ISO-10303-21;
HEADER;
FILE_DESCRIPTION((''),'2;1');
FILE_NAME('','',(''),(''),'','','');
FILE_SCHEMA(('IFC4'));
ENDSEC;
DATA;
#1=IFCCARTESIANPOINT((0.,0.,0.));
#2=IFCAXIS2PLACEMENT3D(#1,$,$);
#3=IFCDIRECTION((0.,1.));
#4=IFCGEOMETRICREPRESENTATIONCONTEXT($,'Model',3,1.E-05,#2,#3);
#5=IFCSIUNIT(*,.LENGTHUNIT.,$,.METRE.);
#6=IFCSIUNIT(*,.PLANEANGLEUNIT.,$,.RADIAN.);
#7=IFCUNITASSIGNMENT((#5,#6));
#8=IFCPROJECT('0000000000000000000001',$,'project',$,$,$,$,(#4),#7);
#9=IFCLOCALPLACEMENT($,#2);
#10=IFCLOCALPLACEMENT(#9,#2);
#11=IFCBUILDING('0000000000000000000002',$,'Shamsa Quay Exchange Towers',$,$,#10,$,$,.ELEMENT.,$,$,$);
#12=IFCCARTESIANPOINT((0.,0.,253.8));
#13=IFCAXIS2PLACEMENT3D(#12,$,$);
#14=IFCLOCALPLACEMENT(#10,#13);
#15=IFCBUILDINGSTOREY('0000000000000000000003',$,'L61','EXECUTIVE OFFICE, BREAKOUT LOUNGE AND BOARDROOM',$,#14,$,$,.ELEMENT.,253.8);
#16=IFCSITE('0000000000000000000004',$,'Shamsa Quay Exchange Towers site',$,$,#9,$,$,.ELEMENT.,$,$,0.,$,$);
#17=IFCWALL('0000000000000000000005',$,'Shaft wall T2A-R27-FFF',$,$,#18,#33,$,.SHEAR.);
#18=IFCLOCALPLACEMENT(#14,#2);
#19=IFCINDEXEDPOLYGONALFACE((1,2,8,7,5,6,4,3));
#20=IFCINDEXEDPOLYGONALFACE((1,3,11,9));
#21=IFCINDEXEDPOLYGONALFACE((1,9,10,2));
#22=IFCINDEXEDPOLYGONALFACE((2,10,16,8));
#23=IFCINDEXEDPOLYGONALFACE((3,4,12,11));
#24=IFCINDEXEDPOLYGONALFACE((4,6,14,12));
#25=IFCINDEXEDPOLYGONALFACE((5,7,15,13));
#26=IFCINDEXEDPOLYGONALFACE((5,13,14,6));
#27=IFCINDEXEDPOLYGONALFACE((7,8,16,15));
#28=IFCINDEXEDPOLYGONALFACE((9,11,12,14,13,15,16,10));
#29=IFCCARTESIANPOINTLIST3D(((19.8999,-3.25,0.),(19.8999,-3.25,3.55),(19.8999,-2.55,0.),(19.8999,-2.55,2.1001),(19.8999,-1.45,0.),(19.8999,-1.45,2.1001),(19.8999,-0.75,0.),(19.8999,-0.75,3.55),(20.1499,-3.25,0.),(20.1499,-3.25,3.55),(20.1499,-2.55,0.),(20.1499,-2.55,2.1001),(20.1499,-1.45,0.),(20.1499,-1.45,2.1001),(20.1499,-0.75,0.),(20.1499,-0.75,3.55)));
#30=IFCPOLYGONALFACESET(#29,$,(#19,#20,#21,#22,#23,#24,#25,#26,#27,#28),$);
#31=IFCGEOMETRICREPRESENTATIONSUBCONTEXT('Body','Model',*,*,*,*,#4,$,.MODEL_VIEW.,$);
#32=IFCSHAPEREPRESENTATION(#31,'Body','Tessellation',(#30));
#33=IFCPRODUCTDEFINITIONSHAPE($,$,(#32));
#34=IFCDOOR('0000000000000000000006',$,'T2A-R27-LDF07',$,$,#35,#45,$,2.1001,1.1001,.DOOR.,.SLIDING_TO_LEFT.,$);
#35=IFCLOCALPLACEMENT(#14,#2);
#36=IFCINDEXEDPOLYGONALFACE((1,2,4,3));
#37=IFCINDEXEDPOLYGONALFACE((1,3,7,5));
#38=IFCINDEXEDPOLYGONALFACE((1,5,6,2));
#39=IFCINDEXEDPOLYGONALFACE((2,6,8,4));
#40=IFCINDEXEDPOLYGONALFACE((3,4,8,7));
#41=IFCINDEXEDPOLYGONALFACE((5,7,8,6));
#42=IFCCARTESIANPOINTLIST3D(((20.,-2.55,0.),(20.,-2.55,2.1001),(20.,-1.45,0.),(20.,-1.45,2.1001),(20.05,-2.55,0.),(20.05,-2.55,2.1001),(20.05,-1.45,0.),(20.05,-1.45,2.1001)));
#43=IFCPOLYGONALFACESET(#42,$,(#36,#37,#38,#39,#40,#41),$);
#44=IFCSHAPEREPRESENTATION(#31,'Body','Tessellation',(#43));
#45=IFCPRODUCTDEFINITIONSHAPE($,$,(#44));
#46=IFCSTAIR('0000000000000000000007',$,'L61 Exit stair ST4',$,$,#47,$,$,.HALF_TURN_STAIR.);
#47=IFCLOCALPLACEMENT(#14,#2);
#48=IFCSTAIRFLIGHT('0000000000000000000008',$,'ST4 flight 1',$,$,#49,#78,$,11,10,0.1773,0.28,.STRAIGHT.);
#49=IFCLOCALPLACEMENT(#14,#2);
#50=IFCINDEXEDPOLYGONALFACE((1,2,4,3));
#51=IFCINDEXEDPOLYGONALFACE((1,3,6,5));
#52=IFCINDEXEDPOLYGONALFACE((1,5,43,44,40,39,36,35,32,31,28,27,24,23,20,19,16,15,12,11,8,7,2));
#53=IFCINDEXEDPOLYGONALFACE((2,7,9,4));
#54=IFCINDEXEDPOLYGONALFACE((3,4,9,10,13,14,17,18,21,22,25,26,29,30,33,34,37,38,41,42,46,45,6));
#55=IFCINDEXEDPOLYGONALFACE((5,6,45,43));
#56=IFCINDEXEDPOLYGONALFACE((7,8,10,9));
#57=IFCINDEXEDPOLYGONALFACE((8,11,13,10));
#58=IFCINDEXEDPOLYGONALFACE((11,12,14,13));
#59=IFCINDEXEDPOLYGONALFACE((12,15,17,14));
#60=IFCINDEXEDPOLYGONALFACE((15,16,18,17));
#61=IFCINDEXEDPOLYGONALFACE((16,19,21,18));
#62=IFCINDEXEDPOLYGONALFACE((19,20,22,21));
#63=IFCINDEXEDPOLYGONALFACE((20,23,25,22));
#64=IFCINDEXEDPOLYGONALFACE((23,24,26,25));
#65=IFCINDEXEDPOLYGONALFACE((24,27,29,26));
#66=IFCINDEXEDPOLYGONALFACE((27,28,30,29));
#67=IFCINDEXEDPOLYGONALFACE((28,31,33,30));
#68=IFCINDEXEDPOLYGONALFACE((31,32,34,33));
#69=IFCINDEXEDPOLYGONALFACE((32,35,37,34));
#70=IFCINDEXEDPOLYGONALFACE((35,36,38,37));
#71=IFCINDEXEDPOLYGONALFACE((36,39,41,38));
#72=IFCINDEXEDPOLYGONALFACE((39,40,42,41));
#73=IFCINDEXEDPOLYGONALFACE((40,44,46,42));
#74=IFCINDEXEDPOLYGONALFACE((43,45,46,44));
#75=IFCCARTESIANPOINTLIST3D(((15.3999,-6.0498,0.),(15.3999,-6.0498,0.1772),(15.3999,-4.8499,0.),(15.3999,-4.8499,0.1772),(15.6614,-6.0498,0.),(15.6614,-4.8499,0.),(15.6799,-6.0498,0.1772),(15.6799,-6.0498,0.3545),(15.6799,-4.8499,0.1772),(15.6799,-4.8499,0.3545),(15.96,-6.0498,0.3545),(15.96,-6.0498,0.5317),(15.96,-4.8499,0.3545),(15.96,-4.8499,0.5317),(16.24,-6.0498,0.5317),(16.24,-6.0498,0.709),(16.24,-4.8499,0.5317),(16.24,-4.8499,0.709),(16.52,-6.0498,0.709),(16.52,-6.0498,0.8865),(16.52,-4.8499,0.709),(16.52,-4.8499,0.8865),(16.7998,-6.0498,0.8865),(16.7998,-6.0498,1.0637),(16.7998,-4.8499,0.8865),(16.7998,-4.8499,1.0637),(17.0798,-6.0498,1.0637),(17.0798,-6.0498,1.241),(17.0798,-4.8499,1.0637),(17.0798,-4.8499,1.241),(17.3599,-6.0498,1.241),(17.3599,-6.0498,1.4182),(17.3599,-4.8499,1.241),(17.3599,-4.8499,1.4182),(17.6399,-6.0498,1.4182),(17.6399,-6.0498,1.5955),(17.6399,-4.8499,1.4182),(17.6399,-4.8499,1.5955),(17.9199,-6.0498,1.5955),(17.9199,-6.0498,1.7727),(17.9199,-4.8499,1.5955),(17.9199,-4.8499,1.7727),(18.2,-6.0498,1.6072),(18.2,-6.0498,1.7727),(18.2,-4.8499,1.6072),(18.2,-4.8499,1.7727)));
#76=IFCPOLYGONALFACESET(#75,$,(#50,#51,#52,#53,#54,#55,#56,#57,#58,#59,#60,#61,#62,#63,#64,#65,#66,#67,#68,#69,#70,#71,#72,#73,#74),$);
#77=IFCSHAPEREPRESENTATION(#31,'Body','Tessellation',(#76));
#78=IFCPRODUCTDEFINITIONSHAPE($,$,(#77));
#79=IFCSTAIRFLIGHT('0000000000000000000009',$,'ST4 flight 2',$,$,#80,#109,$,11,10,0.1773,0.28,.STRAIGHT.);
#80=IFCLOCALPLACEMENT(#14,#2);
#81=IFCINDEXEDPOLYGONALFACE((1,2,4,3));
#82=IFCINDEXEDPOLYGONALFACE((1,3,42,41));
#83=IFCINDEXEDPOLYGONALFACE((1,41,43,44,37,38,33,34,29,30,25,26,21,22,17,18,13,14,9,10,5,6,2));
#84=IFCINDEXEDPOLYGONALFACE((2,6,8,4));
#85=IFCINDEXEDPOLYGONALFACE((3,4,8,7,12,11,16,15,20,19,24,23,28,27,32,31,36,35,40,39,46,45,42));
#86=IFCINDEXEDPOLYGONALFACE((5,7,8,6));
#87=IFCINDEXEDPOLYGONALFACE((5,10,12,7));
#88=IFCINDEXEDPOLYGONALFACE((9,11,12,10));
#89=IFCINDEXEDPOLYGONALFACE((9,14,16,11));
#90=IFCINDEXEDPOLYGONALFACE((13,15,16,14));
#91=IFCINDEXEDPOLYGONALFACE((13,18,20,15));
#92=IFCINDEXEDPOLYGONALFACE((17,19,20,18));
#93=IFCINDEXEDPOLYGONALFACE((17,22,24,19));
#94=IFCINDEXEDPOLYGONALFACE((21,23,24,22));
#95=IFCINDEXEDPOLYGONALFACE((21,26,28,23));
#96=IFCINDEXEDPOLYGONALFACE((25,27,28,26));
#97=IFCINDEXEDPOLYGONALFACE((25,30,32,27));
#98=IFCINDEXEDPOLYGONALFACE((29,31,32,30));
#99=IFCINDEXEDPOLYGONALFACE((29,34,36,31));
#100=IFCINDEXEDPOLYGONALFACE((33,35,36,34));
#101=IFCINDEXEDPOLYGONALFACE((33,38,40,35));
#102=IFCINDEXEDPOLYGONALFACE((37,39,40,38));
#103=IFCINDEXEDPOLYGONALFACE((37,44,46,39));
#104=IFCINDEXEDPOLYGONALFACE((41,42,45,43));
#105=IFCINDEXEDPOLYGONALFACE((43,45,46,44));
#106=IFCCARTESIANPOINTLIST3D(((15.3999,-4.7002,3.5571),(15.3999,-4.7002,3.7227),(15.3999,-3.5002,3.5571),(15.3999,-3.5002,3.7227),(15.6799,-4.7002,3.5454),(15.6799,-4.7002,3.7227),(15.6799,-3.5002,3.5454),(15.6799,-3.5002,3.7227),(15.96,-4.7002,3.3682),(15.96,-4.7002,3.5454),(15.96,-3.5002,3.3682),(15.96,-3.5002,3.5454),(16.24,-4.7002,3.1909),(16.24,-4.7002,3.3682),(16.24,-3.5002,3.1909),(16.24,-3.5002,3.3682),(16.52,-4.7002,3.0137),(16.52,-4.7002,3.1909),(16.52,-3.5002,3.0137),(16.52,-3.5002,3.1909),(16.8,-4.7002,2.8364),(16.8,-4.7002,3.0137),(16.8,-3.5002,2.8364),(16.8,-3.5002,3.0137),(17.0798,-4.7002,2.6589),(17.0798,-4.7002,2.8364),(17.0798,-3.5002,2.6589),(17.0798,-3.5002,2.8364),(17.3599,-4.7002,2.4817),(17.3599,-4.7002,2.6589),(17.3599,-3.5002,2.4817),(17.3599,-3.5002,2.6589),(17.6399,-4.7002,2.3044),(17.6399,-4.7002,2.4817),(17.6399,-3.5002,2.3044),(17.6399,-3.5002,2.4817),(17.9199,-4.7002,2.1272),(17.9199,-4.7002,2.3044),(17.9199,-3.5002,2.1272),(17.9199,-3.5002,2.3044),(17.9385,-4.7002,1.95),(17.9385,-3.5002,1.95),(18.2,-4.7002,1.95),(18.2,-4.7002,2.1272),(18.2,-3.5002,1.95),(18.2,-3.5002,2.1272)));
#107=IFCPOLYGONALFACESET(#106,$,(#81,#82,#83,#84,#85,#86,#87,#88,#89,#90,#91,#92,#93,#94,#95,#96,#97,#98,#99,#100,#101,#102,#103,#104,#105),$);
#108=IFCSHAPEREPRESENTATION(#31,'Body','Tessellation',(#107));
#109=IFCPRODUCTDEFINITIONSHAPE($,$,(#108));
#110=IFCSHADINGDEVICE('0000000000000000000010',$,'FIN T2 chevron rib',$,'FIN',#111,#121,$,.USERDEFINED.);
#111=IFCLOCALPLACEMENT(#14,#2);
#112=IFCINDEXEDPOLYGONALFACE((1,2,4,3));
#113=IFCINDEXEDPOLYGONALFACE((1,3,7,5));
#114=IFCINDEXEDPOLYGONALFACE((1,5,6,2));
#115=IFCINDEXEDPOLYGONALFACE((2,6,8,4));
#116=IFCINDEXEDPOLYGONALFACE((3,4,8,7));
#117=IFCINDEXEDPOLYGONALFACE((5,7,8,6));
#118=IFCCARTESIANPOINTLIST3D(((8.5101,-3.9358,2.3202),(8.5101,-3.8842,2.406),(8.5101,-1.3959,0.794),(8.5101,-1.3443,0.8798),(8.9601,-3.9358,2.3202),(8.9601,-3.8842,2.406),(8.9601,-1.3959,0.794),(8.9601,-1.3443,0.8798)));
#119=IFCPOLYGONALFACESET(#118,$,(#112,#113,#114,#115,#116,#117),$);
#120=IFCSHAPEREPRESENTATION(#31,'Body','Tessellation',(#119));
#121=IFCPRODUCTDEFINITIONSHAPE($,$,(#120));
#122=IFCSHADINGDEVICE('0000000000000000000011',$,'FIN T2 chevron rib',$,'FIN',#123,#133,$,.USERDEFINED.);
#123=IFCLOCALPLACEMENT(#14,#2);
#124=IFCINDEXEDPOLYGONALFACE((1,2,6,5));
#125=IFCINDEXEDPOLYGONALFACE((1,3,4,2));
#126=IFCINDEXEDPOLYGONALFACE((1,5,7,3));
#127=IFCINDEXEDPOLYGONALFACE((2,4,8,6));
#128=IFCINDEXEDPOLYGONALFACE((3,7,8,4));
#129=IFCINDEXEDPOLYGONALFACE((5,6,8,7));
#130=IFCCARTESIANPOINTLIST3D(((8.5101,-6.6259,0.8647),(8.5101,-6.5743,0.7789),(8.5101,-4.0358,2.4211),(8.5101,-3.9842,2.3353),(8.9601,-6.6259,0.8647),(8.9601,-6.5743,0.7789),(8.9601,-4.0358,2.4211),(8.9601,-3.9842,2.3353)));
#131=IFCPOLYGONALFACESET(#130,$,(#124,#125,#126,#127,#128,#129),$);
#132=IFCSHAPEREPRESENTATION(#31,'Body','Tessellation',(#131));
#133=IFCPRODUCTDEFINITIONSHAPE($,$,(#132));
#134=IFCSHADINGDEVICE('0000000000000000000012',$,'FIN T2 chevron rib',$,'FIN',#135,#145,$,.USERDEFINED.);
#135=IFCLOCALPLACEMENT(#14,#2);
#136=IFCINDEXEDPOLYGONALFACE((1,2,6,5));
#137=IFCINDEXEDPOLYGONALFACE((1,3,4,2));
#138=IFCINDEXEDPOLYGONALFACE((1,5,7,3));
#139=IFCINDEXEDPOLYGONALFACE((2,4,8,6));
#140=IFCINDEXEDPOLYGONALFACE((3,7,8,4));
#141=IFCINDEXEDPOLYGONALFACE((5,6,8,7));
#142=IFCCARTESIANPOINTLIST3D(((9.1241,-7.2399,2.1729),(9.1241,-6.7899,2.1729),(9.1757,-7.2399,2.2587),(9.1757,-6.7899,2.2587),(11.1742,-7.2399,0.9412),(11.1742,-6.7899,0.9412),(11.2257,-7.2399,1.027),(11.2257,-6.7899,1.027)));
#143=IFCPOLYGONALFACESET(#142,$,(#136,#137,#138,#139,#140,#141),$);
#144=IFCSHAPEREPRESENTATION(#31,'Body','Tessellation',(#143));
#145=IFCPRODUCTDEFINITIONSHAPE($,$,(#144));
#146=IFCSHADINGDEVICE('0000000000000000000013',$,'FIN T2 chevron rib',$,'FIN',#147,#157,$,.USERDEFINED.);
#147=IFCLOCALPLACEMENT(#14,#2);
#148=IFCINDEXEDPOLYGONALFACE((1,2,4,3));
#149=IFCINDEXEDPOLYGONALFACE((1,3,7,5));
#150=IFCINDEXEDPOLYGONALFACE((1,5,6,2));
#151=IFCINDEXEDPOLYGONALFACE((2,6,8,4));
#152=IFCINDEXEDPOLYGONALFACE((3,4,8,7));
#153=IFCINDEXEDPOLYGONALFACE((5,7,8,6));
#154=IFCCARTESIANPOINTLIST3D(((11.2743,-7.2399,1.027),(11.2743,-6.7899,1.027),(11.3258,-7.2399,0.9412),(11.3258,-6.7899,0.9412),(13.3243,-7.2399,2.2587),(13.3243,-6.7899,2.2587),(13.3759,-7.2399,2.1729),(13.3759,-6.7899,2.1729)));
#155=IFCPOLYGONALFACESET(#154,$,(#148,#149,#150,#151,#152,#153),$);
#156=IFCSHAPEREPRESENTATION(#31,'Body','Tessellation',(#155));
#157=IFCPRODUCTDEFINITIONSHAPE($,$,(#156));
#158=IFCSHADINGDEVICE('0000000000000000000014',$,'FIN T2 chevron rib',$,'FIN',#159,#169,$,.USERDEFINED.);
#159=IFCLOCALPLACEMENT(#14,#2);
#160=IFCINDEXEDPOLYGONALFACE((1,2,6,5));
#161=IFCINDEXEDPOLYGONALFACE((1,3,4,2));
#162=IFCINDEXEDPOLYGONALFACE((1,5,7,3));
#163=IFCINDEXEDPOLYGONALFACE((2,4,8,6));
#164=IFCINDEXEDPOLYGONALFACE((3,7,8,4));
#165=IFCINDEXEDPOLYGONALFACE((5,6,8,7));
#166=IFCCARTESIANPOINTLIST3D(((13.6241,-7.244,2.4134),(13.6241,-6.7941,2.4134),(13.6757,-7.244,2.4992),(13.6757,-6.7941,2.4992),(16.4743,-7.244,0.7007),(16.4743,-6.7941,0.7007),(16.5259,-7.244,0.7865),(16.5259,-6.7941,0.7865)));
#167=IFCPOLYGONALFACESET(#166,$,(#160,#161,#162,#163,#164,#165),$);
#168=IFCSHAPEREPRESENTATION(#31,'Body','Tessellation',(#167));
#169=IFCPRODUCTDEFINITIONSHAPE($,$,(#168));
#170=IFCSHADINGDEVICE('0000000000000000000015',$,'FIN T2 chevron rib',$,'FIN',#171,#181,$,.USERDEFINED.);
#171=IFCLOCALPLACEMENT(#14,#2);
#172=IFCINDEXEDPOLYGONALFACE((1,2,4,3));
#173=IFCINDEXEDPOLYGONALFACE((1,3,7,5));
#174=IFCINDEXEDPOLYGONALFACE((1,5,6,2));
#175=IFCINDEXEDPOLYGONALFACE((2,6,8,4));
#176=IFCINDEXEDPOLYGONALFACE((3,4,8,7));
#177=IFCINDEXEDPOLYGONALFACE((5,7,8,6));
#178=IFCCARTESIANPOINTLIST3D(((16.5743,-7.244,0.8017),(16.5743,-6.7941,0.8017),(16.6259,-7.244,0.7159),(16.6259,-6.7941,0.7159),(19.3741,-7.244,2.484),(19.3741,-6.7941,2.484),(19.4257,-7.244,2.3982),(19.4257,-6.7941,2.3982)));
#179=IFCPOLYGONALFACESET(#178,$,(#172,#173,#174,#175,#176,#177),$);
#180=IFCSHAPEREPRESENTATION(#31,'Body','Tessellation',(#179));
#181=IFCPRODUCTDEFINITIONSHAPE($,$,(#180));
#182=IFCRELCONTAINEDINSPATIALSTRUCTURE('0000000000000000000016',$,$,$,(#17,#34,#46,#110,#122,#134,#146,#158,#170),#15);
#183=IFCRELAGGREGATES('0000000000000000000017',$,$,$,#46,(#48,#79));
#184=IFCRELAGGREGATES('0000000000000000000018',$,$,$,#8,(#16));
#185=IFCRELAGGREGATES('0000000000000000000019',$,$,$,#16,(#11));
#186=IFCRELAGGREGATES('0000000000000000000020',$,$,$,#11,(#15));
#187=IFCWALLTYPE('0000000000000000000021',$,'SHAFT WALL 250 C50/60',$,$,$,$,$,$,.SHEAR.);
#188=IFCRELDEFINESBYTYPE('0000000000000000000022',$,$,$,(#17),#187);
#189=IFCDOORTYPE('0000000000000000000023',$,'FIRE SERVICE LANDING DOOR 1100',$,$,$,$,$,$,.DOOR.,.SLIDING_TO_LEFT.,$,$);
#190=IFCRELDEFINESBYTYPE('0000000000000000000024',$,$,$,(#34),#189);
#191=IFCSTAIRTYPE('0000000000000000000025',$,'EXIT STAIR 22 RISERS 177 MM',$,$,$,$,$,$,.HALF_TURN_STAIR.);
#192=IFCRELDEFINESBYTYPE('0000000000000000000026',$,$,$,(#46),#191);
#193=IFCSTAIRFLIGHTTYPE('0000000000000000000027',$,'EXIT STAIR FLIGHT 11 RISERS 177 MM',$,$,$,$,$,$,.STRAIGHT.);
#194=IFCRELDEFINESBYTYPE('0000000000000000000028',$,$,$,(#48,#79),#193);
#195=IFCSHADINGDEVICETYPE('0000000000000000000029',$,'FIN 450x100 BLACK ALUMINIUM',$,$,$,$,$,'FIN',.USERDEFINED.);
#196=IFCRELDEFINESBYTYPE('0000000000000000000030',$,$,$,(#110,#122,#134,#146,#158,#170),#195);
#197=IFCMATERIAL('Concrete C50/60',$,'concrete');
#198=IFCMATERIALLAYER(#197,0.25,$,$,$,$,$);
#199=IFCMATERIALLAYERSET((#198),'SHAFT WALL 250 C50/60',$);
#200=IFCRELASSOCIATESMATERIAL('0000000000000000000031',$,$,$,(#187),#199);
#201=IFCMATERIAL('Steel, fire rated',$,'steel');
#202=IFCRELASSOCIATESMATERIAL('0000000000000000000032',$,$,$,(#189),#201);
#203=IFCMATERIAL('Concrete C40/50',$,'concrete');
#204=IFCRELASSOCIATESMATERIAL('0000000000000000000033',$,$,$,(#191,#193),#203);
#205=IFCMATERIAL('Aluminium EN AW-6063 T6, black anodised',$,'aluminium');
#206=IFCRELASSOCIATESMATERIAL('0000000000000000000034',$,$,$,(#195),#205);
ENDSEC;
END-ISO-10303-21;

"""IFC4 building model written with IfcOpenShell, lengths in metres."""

from ifc_helpers import new_model, si_unit, direction, frame, frame_2d, origin, origin_2d, place, context, subcontext, project, spatial, polyline, rectangle, outline, extrude, material, layer, layer_set, material_profile, profile_set, type_object, element, fill, aggregate, save


model = new_model("IFC4")

# Units and contexts
model_context = context("Model", 3, precision=1e-05, world=origin(), true_north=direction((0.0, 1.0)))
body_context = subcontext(model_context, "Body", "Model", "MODEL_VIEW")
ifc_project = project(units=[si_unit("LENGTHUNIT", "METRE"), si_unit("PLANEANGLEUNIT", "RADIAN")], contexts=[model_context])

# Site, building, storey
site_placement = place(None, origin())
site = spatial("IfcSite", under=ifc_project, at=site_placement, Name="Shamsa Quay Exchange Towers site", CompositionType="ELEMENT", RefElevation=0.0)
building_placement = place(site_placement, origin())
building = spatial("IfcBuilding", under=site, at=building_placement, Name="Shamsa Quay Exchange Towers", CompositionType="ELEMENT")
storey_placement = place(building_placement, frame((0.0, 0.0, 253.8)))
storey = spatial("IfcBuildingStorey", under=building, at=storey_placement, Name="L61", Description="EXECUTIVE OFFICE, BREAKOUT LOUNGE AND BOARDROOM", CompositionType="ELEMENT", Elevation=253.8)

# Shared definitions
ifc_material_1 = material(Name="Aluminium EN AW-6063 T6, black anodised", Category="aluminium")

# Shared definitions
ifc_material_2 = material(Name="Concrete C50/60", Category="concrete")
ifc_layer_1 = layer(ifc_material_2, 0.25)
ifc_layer_set_1 = layer_set([ifc_layer_1], Name="SHAFT WALL 250 C50/60")
wall_type_1 = type_object("IfcWallType", Name="SHAFT WALL 250 C50/60", PredefinedType="SHEAR", material=ifc_layer_set_1)

# Wall, opening, door
wall_1_placement = place(storey_placement, frame((20.0249, -3.25, 0.0), z_axis=(0.0, 0.0, 1.0), x_axis=(0.0, 1.0, 0.0)))
wall_1 = element("IfcWall", 1, at=wall_1_placement, inside=storey, type_object=wall_type_1, Name="Shaft wall T2A-R27-FFF", PredefinedType="SHEAR", context=body_context, shape_type="SweptSolid", body=[
    extrude(rectangle(XDim=2.5, YDim=0.25, at=frame_2d((1.25, 0.0))), origin(), (0.0, 0.0, 1.0), 3.55),
])
opening_placement = place(wall_1_placement, frame((0.7, 0.0, 0.0)))
opening = element("IfcOpeningElement", 2, at=opening_placement, cuts=wall_1, PredefinedType="OPENING", context=body_context, shape_type="SweptSolid", body=[
    extrude(rectangle(XDim=1.1001, YDim=2.1001, at=frame_2d((0.55, 1.05))), frame((0.0, 0.135, 0.0), z_axis=(0.0, -1.0, 0.0), x_axis=(1.0, 0.0, 0.0)), (0.0, 0.0, 1.0), 0.27),
])
ifc_material_3 = material(Name="Steel, fire rated", Category="steel")
door_type = type_object("IfcDoorType", Name="FIRE SERVICE LANDING DOOR 1100", OperationType="SLIDING_TO_LEFT", PredefinedType="DOOR", material=ifc_material_3)
door_placement = place(opening_placement, origin())
door = element("IfcDoor", 3, at=door_placement, inside=storey, type_object=door_type, Name="T2A-R27-LDF07", OperationType="SLIDING_TO_LEFT", OverallHeight=2.1001, OverallWidth=1.1001, PredefinedType="DOOR", context=body_context, shape_type="SweptSolid", body=[
    extrude(rectangle(XDim=1.1001, YDim=2.1001, at=frame_2d((0.55, 1.05))), frame((0.0, 0.0249, 0.0), z_axis=(0.0, -1.0, 0.0), x_axis=(1.0, 0.0, 0.0)), (0.0, 0.0, 1.0), 0.05),
])
fill(opening, door)

# Stair, stair flights
ifc_material_4 = material(Name="Concrete C40/50", Category="concrete")
stair_type = type_object("IfcStairType", Name="EXIT STAIR 22 RISERS 177 MM", PredefinedType="HALF_TURN_STAIR", material=ifc_material_4)
stair_placement = place(storey_placement, origin())
stair = element("IfcStair", 4, at=stair_placement, inside=storey, type_object=stair_type, Name="L61 Exit stair ST4", PredefinedType="HALF_TURN_STAIR")
stair_flight_type = type_object("IfcStairFlightType", Name="EXIT STAIR FLIGHT 11 RISERS 177 MM", PredefinedType="STRAIGHT", material=ifc_material_4)
stair_flight_1_placement = place(storey_placement, frame((15.3999, -5.45, 0.0)))
stair_flight_1 = element("IfcStairFlight", 5, at=stair_flight_1_placement, type_object=stair_flight_type, Name="ST4 flight 1", NumberOfRisers=11, NumberOfTreads=10, PredefinedType="STRAIGHT", RiserHeight=0.1773, TreadLength=0.28, context=body_context, shape_type="SweptSolid", body=[
    extrude(outline(polyline([(0.0, 0.0), (0.0, 0.1772), (0.28, 0.1772), (0.28, 0.3545), (0.5601, 0.3545), (0.5601, 0.5317), (0.8401, 0.5317), (0.8401, 0.709), (1.1201, 0.709), (1.1201, 0.8865), (1.3999, 0.8865), (1.3999, 1.0637), (1.6799, 1.0637), (1.6799, 1.241), (1.96, 1.241), (1.96, 1.4182), (2.24, 1.4182), (2.24, 1.5955), (2.52, 1.5955), (2.52, 1.7727), (2.8, 1.7727), (2.8, 1.95), (2.8, 1.6072), (0.2615, 0.0), (0.0, 0.0)])), frame((0.0, 0.6001, 0.0), z_axis=(0.0, -1.0, 0.0), x_axis=(1.0, 0.0, 0.0)), (0.0, 0.0, 1.0), 1.2),
])
stair_flight_2_placement = place(storey_placement, frame((18.2, -4.1001, 1.95), z_axis=(0.0, 0.0, 1.0), x_axis=(-1.0, 0.0, 0.0)))
stair_flight_2 = element("IfcStairFlight", 6, at=stair_flight_2_placement, type_object=stair_flight_type, Name="ST4 flight 2", NumberOfRisers=11, NumberOfTreads=10, PredefinedType="STRAIGHT", RiserHeight=0.1773, TreadLength=0.28, context=body_context, shape_type="SweptSolid", body=[
    extrude(outline(polyline([(0.0, 0.0), (0.0, 0.1772), (0.28, 0.1772), (0.28, 0.3545), (0.5601, 0.3545), (0.5601, 0.5317), (0.8401, 0.5317), (0.8401, 0.709), (1.1201, 0.709), (1.1201, 0.8865), (1.3999, 0.8865), (1.3999, 1.0637), (1.6799, 1.0637), (1.6799, 1.241), (1.96, 1.241), (1.96, 1.4182), (2.24, 1.4182), (2.24, 1.5955), (2.52, 1.5955), (2.52, 1.7727), (2.8, 1.7727), (2.8, 1.95), (2.8, 1.6072), (0.2615, 0.0), (0.0, 0.0)])), frame((0.0, 0.6001, 0.0), z_axis=(0.0, -1.0, 0.0), x_axis=(1.0, 0.0, 0.0)), (0.0, 0.0, 1.0), 1.2),
])
aggregate(stair, [stair_flight_1, stair_flight_2])

# Shading devices
ifc_material_profile_1 = material_profile(ifc_material_1, rectangle(XDim=0.45, YDim=0.1001, at=origin_2d()), Name="FIN450x100")
ifc_profile_set_1 = profile_set([ifc_material_profile_1], Name="Aluminium EN AW-6063 T6, black anodised")
shading_device_type = type_object("IfcShadingDeviceType", Name="FIN 450x100 BLACK ALUMINIUM", ElementType="FIN", PredefinedType="USERDEFINED", material=ifc_profile_set_1)
shading_device_1_placement = place(storey_placement, frame((8.7351, -1.3701, 0.8369), z_axis=(0.0, -0.857158, 0.515053), x_axis=(1.0, 0.0, 0.0)))
element("IfcShadingDevice", 7, at=shading_device_1_placement, inside=storey, type_object=shading_device_type, Name="FIN T2 chevron rib", ObjectType="FIN", PredefinedType="USERDEFINED", context=body_context, shape_type="SweptSolid", body=[
    extrude(rectangle(XDim=0.45, YDim=0.1001, at=origin_2d()), origin(), (0.0, 0.0, 1.0), 2.9631),
])
shading_device_2_placement = place(storey_placement, frame((8.7351, -4.01, 2.3782), z_axis=(0.0, -0.857151, -0.515066), x_axis=(1.0, 0.0, 0.0)))
element("IfcShadingDevice", 8, at=shading_device_2_placement, inside=storey, type_object=shading_device_type, Name="FIN T2 chevron rib", ObjectType="FIN", PredefinedType="USERDEFINED", context=body_context, shape_type="SweptSolid", body=[
    extrude(rectangle(XDim=0.45, YDim=0.1001, at=origin_2d()), origin(), (0.0, 0.0, 1.0), 3.0217),
])
for number, where, z_axis, x_axis, name in (
    (9, (9.1499, -7.0149, 2.2158), (0.857187, 0.0, -0.515006), (0.0, 1.0, 0.0), "FIN T2 chevron rib"),
    (10, (11.3, -7.0149, 0.9841), (0.857187, 0.0, 0.515006), (0.0, 1.0, 0.0), "FIN T2 chevron rib"),
):
    element("IfcShadingDevice", number, at=place(storey_placement, frame(where, z_axis=z_axis, x_axis=x_axis)), inside=storey, type_object=shading_device_type, Name=name, ObjectType="FIN", PredefinedType="USERDEFINED", context=body_context, shape_type="SweptSolid", body=[
        extrude(rectangle(XDim=0.45, YDim=0.1001, at=origin_2d()), origin(), (0.0, 0.0, 1.0), 2.3916),
    ])
shading_device_3_placement = place(storey_placement, frame((13.6499, -7.019, 2.4563), z_axis=(0.857149, 0.0, -0.515068), x_axis=(0.0, 1.0, 0.0)))
element("IfcShadingDevice", 11, at=shading_device_3_placement, inside=storey, type_object=shading_device_type, Name="FIN T2 chevron rib", ObjectType="FIN", PredefinedType="USERDEFINED", context=body_context, shape_type="SweptSolid", body=[
    extrude(rectangle(XDim=0.45, YDim=0.1001, at=origin_2d()), origin(), (0.0, 0.0, 1.0), 3.3252),
])
shading_device_4_placement = place(storey_placement, frame((16.6001, -7.019, 0.7588), z_axis=(0.857156, 0.0, 0.515056), x_axis=(0.0, 1.0, 0.0)))
element("IfcShadingDevice", 12, at=shading_device_4_placement, inside=storey, type_object=shading_device_type, Name="FIN T2 chevron rib", ObjectType="FIN", PredefinedType="USERDEFINED", context=body_context, shape_type="SweptSolid", body=[
    extrude(rectangle(XDim=0.45, YDim=0.1001, at=origin_2d()), origin(), (0.0, 0.0, 1.0), 3.2664),
])

save(model, "model.ifc")
